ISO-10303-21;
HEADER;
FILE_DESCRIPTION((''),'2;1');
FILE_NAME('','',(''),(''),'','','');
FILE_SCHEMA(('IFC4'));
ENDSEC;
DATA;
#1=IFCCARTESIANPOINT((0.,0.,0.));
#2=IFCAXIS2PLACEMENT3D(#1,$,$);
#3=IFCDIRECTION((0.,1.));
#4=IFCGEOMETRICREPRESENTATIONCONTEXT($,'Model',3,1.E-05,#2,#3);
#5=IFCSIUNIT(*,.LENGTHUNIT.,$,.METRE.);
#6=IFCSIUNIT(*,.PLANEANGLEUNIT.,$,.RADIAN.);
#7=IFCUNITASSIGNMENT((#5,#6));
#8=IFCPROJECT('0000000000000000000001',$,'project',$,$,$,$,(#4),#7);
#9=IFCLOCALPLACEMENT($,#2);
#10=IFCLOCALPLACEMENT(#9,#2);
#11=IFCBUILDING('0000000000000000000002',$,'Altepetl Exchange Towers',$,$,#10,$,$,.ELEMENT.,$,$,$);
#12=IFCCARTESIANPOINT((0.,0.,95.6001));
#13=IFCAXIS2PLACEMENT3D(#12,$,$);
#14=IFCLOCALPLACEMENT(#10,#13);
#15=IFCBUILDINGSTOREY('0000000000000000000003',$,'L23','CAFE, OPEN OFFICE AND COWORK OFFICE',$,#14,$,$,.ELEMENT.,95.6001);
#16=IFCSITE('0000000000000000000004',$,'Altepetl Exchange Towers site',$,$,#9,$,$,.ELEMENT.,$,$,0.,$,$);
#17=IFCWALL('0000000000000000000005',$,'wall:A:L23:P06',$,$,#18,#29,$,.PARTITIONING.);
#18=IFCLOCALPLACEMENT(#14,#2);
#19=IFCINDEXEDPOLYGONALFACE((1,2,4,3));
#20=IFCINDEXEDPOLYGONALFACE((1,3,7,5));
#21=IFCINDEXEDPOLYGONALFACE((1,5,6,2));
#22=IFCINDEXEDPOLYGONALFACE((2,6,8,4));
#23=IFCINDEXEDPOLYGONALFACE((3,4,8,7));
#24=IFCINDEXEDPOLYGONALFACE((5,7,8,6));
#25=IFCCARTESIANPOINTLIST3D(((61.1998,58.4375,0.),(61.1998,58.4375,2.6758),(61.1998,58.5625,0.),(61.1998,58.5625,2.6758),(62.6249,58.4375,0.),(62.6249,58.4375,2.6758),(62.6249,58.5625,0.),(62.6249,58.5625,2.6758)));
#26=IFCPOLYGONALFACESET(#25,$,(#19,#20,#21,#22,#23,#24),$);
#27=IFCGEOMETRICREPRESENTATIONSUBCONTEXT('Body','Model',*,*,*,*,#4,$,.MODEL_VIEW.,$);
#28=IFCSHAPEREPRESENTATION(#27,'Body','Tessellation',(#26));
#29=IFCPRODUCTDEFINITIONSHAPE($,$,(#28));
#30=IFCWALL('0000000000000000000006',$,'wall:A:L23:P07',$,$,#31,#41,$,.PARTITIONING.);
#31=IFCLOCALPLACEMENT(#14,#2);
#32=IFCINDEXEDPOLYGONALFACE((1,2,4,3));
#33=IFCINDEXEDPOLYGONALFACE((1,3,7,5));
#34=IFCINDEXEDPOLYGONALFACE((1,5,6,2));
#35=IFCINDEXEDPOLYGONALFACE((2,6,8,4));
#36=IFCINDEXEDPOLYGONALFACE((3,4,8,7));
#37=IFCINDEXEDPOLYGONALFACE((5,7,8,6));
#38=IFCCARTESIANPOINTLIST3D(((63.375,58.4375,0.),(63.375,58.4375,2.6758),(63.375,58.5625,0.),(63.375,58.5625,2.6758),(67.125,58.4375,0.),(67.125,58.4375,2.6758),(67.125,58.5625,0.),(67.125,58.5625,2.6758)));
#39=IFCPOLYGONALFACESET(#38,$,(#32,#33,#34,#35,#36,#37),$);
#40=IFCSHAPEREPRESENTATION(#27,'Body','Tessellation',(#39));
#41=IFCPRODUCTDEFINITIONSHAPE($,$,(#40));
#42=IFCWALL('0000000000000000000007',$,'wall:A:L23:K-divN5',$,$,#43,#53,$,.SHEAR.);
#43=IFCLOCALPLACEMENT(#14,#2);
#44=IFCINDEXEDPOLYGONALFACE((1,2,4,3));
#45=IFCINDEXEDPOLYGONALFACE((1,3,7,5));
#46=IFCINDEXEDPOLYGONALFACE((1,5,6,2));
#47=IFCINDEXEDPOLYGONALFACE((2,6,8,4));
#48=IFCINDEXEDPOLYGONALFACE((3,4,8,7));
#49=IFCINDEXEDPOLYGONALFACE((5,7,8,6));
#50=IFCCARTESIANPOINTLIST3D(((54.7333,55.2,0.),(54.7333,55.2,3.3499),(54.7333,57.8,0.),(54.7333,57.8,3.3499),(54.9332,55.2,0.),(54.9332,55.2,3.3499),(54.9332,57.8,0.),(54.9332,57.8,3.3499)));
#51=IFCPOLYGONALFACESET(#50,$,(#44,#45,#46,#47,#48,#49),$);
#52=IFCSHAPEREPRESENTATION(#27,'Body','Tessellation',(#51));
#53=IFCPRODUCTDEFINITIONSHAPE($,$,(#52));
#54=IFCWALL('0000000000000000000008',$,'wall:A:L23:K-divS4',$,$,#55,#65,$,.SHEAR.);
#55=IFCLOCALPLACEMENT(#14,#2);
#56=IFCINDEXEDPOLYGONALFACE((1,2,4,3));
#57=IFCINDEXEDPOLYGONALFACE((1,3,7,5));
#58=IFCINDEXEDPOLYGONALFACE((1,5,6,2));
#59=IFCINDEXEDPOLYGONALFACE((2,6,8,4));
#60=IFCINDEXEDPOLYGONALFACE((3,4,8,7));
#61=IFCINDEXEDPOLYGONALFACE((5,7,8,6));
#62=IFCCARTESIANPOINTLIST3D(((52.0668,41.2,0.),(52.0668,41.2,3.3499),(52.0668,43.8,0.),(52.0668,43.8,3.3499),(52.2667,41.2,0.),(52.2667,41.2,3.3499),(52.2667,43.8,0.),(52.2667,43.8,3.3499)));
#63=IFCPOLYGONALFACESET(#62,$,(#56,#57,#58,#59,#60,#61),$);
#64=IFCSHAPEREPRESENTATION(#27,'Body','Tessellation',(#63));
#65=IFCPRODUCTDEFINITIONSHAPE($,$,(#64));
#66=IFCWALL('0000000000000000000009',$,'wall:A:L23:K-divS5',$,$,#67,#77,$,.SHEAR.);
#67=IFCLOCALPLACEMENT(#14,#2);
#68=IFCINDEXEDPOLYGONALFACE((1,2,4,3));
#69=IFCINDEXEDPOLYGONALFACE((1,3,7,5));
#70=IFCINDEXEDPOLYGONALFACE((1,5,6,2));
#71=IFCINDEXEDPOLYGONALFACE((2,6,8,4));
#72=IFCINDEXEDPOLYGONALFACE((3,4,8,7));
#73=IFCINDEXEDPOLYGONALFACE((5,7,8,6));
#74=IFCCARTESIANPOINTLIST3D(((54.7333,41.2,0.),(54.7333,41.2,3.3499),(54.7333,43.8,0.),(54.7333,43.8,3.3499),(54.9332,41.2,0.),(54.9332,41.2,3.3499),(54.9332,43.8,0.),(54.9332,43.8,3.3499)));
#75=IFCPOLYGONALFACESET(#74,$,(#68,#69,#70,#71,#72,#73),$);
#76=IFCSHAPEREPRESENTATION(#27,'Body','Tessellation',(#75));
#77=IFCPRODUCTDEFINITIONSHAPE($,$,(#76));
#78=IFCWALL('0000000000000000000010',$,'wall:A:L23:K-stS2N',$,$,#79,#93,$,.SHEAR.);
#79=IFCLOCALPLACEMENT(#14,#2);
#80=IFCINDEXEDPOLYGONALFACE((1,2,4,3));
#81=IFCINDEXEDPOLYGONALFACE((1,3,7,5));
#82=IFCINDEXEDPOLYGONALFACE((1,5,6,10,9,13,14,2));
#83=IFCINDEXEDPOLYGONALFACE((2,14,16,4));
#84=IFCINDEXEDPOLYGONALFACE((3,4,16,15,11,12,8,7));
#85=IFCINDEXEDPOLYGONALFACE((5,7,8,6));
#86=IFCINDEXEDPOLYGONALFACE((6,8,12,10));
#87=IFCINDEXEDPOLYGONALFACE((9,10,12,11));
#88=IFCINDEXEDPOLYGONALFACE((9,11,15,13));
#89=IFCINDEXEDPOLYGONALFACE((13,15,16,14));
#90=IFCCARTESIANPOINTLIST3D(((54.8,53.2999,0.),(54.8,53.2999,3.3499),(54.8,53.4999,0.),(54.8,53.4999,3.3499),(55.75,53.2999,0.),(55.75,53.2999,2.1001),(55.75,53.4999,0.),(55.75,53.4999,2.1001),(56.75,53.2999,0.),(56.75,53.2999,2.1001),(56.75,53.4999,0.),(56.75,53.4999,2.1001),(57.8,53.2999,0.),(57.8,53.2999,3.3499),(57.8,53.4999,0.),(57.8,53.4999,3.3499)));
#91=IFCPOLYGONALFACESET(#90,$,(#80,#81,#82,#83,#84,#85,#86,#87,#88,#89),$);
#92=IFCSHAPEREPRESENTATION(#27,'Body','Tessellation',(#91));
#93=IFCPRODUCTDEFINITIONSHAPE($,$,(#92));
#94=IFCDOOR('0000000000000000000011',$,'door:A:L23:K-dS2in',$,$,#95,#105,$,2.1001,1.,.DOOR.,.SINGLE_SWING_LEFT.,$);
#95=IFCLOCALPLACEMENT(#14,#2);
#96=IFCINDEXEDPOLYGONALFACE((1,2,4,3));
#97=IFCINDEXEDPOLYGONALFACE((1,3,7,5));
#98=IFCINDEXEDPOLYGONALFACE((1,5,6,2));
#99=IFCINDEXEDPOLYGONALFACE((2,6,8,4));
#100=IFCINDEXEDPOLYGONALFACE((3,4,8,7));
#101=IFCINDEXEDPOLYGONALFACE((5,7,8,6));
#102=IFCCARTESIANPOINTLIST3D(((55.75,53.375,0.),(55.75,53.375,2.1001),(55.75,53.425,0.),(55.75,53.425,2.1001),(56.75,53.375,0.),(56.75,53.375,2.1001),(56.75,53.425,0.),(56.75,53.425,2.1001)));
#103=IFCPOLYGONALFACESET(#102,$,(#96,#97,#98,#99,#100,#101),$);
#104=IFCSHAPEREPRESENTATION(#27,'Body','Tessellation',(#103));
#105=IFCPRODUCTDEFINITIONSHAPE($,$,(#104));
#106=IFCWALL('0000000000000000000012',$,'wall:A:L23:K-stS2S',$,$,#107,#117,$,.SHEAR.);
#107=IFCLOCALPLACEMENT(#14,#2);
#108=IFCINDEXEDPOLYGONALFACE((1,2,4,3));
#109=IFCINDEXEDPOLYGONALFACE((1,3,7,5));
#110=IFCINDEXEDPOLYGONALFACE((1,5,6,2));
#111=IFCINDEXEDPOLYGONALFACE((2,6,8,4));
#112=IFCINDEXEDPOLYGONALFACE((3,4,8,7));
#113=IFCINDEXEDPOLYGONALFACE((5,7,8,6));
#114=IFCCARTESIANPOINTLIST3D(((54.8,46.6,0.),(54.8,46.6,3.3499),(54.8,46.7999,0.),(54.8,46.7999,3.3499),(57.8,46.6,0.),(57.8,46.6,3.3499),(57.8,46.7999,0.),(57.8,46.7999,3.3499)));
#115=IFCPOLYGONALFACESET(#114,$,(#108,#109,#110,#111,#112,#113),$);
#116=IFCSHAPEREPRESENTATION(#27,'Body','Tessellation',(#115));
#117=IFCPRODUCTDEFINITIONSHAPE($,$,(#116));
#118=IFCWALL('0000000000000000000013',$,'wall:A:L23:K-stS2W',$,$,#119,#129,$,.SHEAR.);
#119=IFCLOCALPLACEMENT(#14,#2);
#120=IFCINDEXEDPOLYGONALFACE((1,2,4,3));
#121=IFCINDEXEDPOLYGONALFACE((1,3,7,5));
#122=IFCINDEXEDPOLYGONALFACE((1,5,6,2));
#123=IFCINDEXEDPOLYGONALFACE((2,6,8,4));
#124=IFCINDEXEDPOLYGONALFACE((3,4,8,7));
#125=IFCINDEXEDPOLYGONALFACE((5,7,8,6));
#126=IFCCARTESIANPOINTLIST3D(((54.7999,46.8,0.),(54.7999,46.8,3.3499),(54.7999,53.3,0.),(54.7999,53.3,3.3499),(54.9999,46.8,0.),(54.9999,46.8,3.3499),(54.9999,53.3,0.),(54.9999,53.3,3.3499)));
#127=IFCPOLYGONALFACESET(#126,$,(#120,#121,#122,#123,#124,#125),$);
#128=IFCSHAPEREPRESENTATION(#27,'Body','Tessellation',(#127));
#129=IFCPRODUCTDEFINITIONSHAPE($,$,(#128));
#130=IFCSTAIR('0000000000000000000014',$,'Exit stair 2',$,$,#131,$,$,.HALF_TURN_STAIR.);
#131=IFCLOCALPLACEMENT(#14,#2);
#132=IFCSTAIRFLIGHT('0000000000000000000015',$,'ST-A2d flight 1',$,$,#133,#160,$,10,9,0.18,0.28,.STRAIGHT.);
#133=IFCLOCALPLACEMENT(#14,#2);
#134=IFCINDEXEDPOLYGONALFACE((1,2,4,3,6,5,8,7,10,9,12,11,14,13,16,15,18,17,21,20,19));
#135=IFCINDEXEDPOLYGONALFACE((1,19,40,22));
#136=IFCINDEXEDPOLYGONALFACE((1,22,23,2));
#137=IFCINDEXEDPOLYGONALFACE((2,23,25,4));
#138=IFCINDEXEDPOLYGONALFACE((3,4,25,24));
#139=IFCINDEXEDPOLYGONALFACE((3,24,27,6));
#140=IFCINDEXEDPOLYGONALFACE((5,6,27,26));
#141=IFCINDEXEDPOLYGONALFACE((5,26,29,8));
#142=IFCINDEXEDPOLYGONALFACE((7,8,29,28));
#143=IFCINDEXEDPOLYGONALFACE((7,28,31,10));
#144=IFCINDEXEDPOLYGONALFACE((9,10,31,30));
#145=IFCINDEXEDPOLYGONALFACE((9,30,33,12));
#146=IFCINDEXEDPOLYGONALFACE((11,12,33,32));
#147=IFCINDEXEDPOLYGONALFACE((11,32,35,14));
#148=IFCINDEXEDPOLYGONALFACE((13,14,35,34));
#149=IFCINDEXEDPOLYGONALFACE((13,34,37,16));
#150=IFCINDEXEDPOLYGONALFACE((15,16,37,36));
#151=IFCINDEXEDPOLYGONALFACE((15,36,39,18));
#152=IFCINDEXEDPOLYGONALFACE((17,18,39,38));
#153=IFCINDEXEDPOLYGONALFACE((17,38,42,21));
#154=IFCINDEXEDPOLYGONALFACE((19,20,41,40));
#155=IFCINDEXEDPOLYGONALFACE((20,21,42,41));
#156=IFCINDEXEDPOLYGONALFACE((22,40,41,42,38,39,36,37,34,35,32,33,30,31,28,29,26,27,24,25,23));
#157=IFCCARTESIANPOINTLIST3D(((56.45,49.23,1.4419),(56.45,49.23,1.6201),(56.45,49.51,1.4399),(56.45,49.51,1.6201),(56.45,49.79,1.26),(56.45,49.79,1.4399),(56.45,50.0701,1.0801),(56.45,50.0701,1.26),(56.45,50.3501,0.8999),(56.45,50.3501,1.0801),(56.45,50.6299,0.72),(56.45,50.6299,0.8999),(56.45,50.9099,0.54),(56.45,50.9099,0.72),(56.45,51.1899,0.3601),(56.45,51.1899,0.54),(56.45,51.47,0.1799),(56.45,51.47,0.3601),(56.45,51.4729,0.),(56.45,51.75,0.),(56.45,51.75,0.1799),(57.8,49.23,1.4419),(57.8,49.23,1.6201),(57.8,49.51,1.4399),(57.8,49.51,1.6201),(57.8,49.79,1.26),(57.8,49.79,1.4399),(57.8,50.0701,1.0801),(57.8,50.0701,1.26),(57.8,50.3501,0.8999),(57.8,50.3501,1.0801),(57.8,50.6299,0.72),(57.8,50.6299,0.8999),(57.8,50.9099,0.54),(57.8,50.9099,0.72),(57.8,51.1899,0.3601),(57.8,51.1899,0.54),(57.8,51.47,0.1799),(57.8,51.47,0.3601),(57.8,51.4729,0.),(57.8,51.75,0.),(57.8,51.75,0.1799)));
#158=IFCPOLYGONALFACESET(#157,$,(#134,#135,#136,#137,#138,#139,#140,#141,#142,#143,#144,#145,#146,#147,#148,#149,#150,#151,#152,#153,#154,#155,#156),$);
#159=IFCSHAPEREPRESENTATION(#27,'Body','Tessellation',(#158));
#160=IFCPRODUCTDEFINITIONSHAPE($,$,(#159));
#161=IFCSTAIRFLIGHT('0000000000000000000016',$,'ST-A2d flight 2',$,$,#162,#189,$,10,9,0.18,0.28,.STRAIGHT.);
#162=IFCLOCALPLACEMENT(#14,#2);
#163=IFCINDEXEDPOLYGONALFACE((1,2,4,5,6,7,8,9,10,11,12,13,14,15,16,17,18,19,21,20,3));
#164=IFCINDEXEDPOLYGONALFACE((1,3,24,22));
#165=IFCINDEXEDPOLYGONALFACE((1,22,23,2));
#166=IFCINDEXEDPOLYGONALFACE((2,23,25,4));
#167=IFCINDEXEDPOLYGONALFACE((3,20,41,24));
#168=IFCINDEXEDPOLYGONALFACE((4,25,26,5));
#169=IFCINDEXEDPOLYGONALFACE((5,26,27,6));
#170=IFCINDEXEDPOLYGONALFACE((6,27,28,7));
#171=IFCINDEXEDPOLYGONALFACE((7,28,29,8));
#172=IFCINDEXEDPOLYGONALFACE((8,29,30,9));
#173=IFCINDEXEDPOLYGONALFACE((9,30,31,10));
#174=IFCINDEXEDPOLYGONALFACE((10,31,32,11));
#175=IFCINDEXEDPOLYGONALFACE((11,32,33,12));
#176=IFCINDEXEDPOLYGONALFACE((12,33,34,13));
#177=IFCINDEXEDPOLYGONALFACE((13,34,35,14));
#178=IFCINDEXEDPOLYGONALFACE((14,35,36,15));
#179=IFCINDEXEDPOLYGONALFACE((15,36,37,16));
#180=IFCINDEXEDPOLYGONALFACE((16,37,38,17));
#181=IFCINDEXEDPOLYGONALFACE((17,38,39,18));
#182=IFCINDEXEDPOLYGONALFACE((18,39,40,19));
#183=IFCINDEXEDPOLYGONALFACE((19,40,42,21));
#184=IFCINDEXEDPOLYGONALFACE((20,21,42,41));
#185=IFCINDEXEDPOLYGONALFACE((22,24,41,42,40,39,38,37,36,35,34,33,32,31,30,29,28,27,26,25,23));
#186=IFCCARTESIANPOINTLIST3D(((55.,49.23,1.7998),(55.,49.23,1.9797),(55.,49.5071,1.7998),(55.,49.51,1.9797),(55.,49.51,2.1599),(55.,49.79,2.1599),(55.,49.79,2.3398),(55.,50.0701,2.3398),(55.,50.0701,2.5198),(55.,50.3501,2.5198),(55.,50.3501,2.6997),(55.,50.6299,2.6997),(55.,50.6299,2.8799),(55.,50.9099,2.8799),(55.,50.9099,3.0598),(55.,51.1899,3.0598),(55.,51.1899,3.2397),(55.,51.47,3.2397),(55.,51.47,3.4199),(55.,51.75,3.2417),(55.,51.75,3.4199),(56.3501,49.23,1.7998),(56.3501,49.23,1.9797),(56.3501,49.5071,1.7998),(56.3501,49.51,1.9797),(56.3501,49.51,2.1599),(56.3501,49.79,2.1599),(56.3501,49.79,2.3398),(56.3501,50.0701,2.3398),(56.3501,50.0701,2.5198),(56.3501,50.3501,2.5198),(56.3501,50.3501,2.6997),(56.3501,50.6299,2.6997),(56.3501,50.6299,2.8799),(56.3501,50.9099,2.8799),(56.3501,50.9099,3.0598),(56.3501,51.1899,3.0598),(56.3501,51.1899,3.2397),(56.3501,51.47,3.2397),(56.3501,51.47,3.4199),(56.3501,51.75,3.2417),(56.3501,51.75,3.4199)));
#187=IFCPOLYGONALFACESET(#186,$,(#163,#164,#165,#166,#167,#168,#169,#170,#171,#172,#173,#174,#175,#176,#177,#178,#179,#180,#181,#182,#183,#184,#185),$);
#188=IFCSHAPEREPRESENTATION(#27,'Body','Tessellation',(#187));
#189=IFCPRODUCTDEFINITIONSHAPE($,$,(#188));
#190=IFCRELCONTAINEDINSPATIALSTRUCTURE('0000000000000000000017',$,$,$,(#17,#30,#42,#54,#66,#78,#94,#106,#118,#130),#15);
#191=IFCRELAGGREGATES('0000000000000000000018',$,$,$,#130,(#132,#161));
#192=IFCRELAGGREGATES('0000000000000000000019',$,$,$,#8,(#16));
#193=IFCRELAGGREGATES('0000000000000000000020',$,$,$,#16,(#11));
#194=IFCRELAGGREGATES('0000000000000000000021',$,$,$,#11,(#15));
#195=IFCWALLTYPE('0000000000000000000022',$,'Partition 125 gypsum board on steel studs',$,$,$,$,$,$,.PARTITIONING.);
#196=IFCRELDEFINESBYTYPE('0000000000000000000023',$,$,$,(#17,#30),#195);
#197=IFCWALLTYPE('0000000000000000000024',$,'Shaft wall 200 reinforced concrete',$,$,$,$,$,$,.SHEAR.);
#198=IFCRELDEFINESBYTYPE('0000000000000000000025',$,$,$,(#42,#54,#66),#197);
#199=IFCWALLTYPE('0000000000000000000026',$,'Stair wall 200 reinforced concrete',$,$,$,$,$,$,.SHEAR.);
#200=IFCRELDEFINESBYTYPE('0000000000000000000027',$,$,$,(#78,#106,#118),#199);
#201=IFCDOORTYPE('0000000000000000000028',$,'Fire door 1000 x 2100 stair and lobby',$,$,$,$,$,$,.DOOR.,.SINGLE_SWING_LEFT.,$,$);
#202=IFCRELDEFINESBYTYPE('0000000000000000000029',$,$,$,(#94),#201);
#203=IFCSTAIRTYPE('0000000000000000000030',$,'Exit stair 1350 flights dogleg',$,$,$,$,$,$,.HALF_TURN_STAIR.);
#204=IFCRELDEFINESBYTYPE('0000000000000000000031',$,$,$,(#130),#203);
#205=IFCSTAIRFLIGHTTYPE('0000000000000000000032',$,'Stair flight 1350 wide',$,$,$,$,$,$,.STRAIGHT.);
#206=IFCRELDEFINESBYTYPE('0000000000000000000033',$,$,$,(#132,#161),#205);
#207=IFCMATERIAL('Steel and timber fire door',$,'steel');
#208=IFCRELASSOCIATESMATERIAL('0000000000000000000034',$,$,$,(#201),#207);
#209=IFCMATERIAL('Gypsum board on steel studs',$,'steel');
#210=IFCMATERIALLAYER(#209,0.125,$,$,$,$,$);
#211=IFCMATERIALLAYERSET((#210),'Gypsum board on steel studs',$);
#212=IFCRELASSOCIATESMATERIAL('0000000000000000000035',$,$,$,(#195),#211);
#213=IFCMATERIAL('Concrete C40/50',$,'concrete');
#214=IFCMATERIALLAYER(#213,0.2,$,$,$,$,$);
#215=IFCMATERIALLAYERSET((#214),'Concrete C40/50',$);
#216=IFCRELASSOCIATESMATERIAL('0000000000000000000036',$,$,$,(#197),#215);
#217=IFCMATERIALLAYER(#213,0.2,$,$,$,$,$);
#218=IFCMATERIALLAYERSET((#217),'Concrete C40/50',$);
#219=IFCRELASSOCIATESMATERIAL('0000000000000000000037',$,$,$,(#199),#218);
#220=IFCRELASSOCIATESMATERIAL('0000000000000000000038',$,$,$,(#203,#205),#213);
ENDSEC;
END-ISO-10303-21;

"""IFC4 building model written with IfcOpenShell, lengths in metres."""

from ifc_helpers import new_model, si_unit, direction, frame, frame_2d, origin, place, context, subcontext, project, spatial, polyline, rectangle, outline, extrude, material, layer, layer_set, type_object, element, fill, aggregate, save


model = new_model("IFC4")

# Units and contexts
model_context = context("Model", 3, precision=1e-05, world=origin(), true_north=direction((0.0, 1.0)))
body_context = subcontext(model_context, "Body", "Model", "MODEL_VIEW")
ifc_project = project(units=[si_unit("LENGTHUNIT", "METRE"), si_unit("PLANEANGLEUNIT", "RADIAN")], contexts=[model_context])

# Site, building, storey
site_placement = place(None, origin())
site = spatial("IfcSite", under=ifc_project, at=site_placement, Name="Altepetl Exchange Towers site", CompositionType="ELEMENT", RefElevation=0.0)
building_placement = place(site_placement, origin())
building = spatial("IfcBuilding", under=site, at=building_placement, Name="Altepetl Exchange Towers", CompositionType="ELEMENT")
storey_placement = place(building_placement, frame((0.0, 0.0, 95.6001)))
storey = spatial("IfcBuildingStorey", under=building, at=storey_placement, Name="L23", Description="CAFE, OPEN OFFICE AND COWORK OFFICE", CompositionType="ELEMENT", Elevation=95.6001)

# Shared definitions
ifc_material_1 = material(Name="Steel and timber fire door", Category="steel")
door_type_1 = type_object("IfcDoorType", Name="Fire door 1000 x 2100 stair and lobby", OperationType="SINGLE_SWING_LEFT", PredefinedType="DOOR", material=ifc_material_1)

# Walls
ifc_material_2 = material(Name="Gypsum board on steel studs", Category="steel")
ifc_layer_1 = layer(ifc_material_2, 0.125)
ifc_layer_set_1 = layer_set([ifc_layer_1], Name="Gypsum board on steel studs")
wall_type_1 = type_object("IfcWallType", Name="Partition 125 gypsum board on steel studs", PredefinedType="PARTITIONING", material=ifc_layer_set_1)
wall_1_placement = place(storey_placement, frame((61.2, 58.5, 0.0)))
element("IfcWall", 1, at=wall_1_placement, inside=storey, type_object=wall_type_1, Name="wall:A:L23:P06", PredefinedType="PARTITIONING", context=body_context, shape_type="SweptSolid", body=[
    extrude(rectangle(XDim=1.425, YDim=0.125, at=frame_2d((0.7124, 0.0))), origin(), (0.0, 0.0, 1.0), 2.6758),
])
wall_2_placement = place(storey_placement, frame((63.375, 58.5, 0.0)))
element("IfcWall", 2, at=wall_2_placement, inside=storey, type_object=wall_type_1, Name="wall:A:L23:P07", PredefinedType="PARTITIONING", context=body_context, shape_type="SweptSolid", body=[
    extrude(rectangle(XDim=3.75, YDim=0.125, at=frame_2d((1.875, 0.0))), origin(), (0.0, 0.0, 1.0), 2.6758),
])
ifc_material_3 = material(Name="Concrete C40/50", Category="concrete")
ifc_layer_2 = layer(ifc_material_3, 0.2)
ifc_layer_set_2 = layer_set([ifc_layer_2], Name="Concrete C40/50")
wall_type_2 = type_object("IfcWallType", Name="Shaft wall 200 reinforced concrete", PredefinedType="SHEAR", material=ifc_layer_set_2)
for number, where, z_axis, x_axis, name in (
    (3, (54.8333, 57.8, 0.0), (0.0, 0.0, 1.0), (0.0, -1.0, 0.0), "wall:A:L23:K-divN5"),
    (4, (52.1667, 41.2, 0.0), (0.0, 0.0, 1.0), (0.0, 1.0, 0.0), "wall:A:L23:K-divS4"),
    (5, (54.8333, 41.2, 0.0), (0.0, 0.0, 1.0), (0.0, 1.0, 0.0), "wall:A:L23:K-divS5"),
):
    element("IfcWall", number, at=place(storey_placement, frame(where, z_axis=z_axis, x_axis=x_axis)), inside=storey, type_object=wall_type_2, Name=name, PredefinedType="SHEAR", context=body_context, shape_type="SweptSolid", body=[
        extrude(rectangle(XDim=2.6001, YDim=0.2, at=frame_2d((1.3, 0.0))), origin(), (0.0, 0.0, 1.0), 3.3499),
    ])

# Wall, opening, door
ifc_layer_3 = layer(ifc_material_3, 0.2)
ifc_layer_set_3 = layer_set([ifc_layer_3], Name="Concrete C40/50")
wall_type_3 = type_object("IfcWallType", Name="Stair wall 200 reinforced concrete", PredefinedType="SHEAR", material=ifc_layer_set_3)
wall_3_placement = place(storey_placement, frame((54.8, 53.3999, 0.0)))
wall_3 = element("IfcWall", 6, at=wall_3_placement, inside=storey, type_object=wall_type_3, Name="wall:A:L23:K-stS2N", PredefinedType="SHEAR", context=body_context, shape_type="SweptSolid", body=[
    extrude(rectangle(XDim=3.0, YDim=0.2, at=frame_2d((1.5, 0.0))), origin(), (0.0, 0.0, 1.0), 3.3499),
])
opening_1_placement = place(wall_3_placement, frame((0.95, 0.0, 0.0)))
opening_1 = element("IfcOpeningElement", 7, at=opening_1_placement, cuts=wall_3, PredefinedType="OPENING", context=body_context, shape_type="SweptSolid", body=[
    extrude(rectangle(XDim=1.0, YDim=2.1001, at=frame_2d((0.5, 1.05))), frame((0.0, 0.1099, 0.0), z_axis=(0.0, -1.0, 0.0), x_axis=(1.0, 0.0, 0.0)), (0.0, 0.0, 1.0), 0.22),
])
door_1_placement = place(opening_1_placement, frame((1.0, 0.0, 0.0), x_axis=(-1.0, 0.0, 0.0)))
door_1 = element("IfcDoor", 8, at=door_1_placement, inside=storey, type_object=door_type_1, Name="door:A:L23:K-dS2in", OperationType="SINGLE_SWING_LEFT", OverallHeight=2.1001, OverallWidth=1.0, PredefinedType="DOOR", context=body_context, shape_type="SweptSolid", body=[
    extrude(rectangle(XDim=1.0, YDim=2.1001, at=frame_2d((0.5, 1.05))), frame((0.0, 0.0249, 0.0), z_axis=(0.0, -1.0, 0.0), x_axis=(1.0, 0.0, 0.0)), (0.0, 0.0, 1.0), 0.05),
])
fill(opening_1, door_1)

# Walls
wall_4_placement = place(storey_placement, frame((54.8, 46.7, 0.0)))
element("IfcWall", 9, at=wall_4_placement, inside=storey, type_object=wall_type_3, Name="wall:A:L23:K-stS2S", PredefinedType="SHEAR", context=body_context, shape_type="SweptSolid", body=[
    extrude(rectangle(XDim=3.0, YDim=0.2, at=frame_2d((1.5, 0.0))), origin(), (0.0, 0.0, 1.0), 3.3499),
])
wall_5_placement = place(storey_placement, frame((54.8999, 46.8, 0.0), z_axis=(0.0, 0.0, 1.0), x_axis=(0.0, 1.0, 0.0)))
element("IfcWall", 10, at=wall_5_placement, inside=storey, type_object=wall_type_3, Name="wall:A:L23:K-stS2W", PredefinedType="SHEAR", context=body_context, shape_type="SweptSolid", body=[
    extrude(rectangle(XDim=6.5, YDim=0.2, at=frame_2d((3.25, 0.0))), origin(), (0.0, 0.0, 1.0), 3.3499),
])

# Stair, stair flights
stair_type = type_object("IfcStairType", Name="Exit stair 1350 flights dogleg", PredefinedType="HALF_TURN_STAIR", material=ifc_material_3)
stair_placement = place(storey_placement, origin())
stair = element("IfcStair", 11, at=stair_placement, inside=storey, type_object=stair_type, Name="Exit stair 2", PredefinedType="HALF_TURN_STAIR")
stair_flight_type = type_object("IfcStairFlightType", Name="Stair flight 1350 wide", PredefinedType="STRAIGHT", material=ifc_material_3)
stair_flight_1_placement = place(storey_placement, frame((57.125, 51.75, 0.0), z_axis=(0.0, 0.0, 1.0), x_axis=(0.0, -1.0, 0.0)))
stair_flight_1 = element("IfcStairFlight", 12, at=stair_flight_1_placement, type_object=stair_flight_type, Name="ST-A2d flight 1", NumberOfRisers=10, NumberOfTreads=9, PredefinedType="STRAIGHT", RiserHeight=0.18, TreadLength=0.28, context=body_context, shape_type="SweptSolid", body=[
    extrude(outline(polyline([(0.0, 0.0), (0.0, 0.1799), (0.28, 0.1799), (0.28, 0.3601), (0.5601, 0.3601), (0.5601, 0.54), (0.8401, 0.54), (0.8401, 0.72), (1.1201, 0.72), (1.1201, 0.8999), (1.3999, 0.8999), (1.3999, 1.0801), (1.6799, 1.0801), (1.6799, 1.26), (1.96, 1.26), (1.96, 1.4399), (2.24, 1.4399), (2.24, 1.6201), (2.52, 1.6201), (2.52, 1.8), (2.52, 1.4419), (0.2771, 0.0), (0.0, 0.0)])), frame((0.0, 0.675, 0.0), z_axis=(0.0, -1.0, 0.0), x_axis=(1.0, 0.0, 0.0)), (0.0, 0.0, 1.0), 1.3501),
])
stair_flight_2_placement = place(storey_placement, frame((55.675, 49.23, 1.7998), z_axis=(0.0, 0.0, 1.0), x_axis=(0.0, 1.0, 0.0)))
stair_flight_2 = element("IfcStairFlight", 13, at=stair_flight_2_placement, type_object=stair_flight_type, Name="ST-A2d flight 2", NumberOfRisers=10, NumberOfTreads=9, PredefinedType="STRAIGHT", RiserHeight=0.18, TreadLength=0.28, context=body_context, shape_type="SweptSolid", body=[
    extrude(outline(polyline([(0.0, 0.0), (0.0, 0.1799), (0.28, 0.1799), (0.28, 0.3601), (0.5601, 0.3601), (0.5601, 0.54), (0.8401, 0.54), (0.8401, 0.72), (1.1201, 0.72), (1.1201, 0.8999), (1.3999, 0.8999), (1.3999, 1.0801), (1.6799, 1.0801), (1.6799, 1.26), (1.96, 1.26), (1.96, 1.4399), (2.24, 1.4399), (2.24, 1.6201), (2.52, 1.6201), (2.52, 1.8), (2.52, 1.4419), (0.2771, 0.0), (0.0, 0.0)])), frame((0.0, 0.675, 0.0), z_axis=(0.0, -1.0, 0.0), x_axis=(1.0, 0.0, 0.0)), (0.0, 0.0, 1.0), 1.3501),
])
aggregate(stair, [stair_flight_1, stair_flight_2])

save(model, "model.ifc")
